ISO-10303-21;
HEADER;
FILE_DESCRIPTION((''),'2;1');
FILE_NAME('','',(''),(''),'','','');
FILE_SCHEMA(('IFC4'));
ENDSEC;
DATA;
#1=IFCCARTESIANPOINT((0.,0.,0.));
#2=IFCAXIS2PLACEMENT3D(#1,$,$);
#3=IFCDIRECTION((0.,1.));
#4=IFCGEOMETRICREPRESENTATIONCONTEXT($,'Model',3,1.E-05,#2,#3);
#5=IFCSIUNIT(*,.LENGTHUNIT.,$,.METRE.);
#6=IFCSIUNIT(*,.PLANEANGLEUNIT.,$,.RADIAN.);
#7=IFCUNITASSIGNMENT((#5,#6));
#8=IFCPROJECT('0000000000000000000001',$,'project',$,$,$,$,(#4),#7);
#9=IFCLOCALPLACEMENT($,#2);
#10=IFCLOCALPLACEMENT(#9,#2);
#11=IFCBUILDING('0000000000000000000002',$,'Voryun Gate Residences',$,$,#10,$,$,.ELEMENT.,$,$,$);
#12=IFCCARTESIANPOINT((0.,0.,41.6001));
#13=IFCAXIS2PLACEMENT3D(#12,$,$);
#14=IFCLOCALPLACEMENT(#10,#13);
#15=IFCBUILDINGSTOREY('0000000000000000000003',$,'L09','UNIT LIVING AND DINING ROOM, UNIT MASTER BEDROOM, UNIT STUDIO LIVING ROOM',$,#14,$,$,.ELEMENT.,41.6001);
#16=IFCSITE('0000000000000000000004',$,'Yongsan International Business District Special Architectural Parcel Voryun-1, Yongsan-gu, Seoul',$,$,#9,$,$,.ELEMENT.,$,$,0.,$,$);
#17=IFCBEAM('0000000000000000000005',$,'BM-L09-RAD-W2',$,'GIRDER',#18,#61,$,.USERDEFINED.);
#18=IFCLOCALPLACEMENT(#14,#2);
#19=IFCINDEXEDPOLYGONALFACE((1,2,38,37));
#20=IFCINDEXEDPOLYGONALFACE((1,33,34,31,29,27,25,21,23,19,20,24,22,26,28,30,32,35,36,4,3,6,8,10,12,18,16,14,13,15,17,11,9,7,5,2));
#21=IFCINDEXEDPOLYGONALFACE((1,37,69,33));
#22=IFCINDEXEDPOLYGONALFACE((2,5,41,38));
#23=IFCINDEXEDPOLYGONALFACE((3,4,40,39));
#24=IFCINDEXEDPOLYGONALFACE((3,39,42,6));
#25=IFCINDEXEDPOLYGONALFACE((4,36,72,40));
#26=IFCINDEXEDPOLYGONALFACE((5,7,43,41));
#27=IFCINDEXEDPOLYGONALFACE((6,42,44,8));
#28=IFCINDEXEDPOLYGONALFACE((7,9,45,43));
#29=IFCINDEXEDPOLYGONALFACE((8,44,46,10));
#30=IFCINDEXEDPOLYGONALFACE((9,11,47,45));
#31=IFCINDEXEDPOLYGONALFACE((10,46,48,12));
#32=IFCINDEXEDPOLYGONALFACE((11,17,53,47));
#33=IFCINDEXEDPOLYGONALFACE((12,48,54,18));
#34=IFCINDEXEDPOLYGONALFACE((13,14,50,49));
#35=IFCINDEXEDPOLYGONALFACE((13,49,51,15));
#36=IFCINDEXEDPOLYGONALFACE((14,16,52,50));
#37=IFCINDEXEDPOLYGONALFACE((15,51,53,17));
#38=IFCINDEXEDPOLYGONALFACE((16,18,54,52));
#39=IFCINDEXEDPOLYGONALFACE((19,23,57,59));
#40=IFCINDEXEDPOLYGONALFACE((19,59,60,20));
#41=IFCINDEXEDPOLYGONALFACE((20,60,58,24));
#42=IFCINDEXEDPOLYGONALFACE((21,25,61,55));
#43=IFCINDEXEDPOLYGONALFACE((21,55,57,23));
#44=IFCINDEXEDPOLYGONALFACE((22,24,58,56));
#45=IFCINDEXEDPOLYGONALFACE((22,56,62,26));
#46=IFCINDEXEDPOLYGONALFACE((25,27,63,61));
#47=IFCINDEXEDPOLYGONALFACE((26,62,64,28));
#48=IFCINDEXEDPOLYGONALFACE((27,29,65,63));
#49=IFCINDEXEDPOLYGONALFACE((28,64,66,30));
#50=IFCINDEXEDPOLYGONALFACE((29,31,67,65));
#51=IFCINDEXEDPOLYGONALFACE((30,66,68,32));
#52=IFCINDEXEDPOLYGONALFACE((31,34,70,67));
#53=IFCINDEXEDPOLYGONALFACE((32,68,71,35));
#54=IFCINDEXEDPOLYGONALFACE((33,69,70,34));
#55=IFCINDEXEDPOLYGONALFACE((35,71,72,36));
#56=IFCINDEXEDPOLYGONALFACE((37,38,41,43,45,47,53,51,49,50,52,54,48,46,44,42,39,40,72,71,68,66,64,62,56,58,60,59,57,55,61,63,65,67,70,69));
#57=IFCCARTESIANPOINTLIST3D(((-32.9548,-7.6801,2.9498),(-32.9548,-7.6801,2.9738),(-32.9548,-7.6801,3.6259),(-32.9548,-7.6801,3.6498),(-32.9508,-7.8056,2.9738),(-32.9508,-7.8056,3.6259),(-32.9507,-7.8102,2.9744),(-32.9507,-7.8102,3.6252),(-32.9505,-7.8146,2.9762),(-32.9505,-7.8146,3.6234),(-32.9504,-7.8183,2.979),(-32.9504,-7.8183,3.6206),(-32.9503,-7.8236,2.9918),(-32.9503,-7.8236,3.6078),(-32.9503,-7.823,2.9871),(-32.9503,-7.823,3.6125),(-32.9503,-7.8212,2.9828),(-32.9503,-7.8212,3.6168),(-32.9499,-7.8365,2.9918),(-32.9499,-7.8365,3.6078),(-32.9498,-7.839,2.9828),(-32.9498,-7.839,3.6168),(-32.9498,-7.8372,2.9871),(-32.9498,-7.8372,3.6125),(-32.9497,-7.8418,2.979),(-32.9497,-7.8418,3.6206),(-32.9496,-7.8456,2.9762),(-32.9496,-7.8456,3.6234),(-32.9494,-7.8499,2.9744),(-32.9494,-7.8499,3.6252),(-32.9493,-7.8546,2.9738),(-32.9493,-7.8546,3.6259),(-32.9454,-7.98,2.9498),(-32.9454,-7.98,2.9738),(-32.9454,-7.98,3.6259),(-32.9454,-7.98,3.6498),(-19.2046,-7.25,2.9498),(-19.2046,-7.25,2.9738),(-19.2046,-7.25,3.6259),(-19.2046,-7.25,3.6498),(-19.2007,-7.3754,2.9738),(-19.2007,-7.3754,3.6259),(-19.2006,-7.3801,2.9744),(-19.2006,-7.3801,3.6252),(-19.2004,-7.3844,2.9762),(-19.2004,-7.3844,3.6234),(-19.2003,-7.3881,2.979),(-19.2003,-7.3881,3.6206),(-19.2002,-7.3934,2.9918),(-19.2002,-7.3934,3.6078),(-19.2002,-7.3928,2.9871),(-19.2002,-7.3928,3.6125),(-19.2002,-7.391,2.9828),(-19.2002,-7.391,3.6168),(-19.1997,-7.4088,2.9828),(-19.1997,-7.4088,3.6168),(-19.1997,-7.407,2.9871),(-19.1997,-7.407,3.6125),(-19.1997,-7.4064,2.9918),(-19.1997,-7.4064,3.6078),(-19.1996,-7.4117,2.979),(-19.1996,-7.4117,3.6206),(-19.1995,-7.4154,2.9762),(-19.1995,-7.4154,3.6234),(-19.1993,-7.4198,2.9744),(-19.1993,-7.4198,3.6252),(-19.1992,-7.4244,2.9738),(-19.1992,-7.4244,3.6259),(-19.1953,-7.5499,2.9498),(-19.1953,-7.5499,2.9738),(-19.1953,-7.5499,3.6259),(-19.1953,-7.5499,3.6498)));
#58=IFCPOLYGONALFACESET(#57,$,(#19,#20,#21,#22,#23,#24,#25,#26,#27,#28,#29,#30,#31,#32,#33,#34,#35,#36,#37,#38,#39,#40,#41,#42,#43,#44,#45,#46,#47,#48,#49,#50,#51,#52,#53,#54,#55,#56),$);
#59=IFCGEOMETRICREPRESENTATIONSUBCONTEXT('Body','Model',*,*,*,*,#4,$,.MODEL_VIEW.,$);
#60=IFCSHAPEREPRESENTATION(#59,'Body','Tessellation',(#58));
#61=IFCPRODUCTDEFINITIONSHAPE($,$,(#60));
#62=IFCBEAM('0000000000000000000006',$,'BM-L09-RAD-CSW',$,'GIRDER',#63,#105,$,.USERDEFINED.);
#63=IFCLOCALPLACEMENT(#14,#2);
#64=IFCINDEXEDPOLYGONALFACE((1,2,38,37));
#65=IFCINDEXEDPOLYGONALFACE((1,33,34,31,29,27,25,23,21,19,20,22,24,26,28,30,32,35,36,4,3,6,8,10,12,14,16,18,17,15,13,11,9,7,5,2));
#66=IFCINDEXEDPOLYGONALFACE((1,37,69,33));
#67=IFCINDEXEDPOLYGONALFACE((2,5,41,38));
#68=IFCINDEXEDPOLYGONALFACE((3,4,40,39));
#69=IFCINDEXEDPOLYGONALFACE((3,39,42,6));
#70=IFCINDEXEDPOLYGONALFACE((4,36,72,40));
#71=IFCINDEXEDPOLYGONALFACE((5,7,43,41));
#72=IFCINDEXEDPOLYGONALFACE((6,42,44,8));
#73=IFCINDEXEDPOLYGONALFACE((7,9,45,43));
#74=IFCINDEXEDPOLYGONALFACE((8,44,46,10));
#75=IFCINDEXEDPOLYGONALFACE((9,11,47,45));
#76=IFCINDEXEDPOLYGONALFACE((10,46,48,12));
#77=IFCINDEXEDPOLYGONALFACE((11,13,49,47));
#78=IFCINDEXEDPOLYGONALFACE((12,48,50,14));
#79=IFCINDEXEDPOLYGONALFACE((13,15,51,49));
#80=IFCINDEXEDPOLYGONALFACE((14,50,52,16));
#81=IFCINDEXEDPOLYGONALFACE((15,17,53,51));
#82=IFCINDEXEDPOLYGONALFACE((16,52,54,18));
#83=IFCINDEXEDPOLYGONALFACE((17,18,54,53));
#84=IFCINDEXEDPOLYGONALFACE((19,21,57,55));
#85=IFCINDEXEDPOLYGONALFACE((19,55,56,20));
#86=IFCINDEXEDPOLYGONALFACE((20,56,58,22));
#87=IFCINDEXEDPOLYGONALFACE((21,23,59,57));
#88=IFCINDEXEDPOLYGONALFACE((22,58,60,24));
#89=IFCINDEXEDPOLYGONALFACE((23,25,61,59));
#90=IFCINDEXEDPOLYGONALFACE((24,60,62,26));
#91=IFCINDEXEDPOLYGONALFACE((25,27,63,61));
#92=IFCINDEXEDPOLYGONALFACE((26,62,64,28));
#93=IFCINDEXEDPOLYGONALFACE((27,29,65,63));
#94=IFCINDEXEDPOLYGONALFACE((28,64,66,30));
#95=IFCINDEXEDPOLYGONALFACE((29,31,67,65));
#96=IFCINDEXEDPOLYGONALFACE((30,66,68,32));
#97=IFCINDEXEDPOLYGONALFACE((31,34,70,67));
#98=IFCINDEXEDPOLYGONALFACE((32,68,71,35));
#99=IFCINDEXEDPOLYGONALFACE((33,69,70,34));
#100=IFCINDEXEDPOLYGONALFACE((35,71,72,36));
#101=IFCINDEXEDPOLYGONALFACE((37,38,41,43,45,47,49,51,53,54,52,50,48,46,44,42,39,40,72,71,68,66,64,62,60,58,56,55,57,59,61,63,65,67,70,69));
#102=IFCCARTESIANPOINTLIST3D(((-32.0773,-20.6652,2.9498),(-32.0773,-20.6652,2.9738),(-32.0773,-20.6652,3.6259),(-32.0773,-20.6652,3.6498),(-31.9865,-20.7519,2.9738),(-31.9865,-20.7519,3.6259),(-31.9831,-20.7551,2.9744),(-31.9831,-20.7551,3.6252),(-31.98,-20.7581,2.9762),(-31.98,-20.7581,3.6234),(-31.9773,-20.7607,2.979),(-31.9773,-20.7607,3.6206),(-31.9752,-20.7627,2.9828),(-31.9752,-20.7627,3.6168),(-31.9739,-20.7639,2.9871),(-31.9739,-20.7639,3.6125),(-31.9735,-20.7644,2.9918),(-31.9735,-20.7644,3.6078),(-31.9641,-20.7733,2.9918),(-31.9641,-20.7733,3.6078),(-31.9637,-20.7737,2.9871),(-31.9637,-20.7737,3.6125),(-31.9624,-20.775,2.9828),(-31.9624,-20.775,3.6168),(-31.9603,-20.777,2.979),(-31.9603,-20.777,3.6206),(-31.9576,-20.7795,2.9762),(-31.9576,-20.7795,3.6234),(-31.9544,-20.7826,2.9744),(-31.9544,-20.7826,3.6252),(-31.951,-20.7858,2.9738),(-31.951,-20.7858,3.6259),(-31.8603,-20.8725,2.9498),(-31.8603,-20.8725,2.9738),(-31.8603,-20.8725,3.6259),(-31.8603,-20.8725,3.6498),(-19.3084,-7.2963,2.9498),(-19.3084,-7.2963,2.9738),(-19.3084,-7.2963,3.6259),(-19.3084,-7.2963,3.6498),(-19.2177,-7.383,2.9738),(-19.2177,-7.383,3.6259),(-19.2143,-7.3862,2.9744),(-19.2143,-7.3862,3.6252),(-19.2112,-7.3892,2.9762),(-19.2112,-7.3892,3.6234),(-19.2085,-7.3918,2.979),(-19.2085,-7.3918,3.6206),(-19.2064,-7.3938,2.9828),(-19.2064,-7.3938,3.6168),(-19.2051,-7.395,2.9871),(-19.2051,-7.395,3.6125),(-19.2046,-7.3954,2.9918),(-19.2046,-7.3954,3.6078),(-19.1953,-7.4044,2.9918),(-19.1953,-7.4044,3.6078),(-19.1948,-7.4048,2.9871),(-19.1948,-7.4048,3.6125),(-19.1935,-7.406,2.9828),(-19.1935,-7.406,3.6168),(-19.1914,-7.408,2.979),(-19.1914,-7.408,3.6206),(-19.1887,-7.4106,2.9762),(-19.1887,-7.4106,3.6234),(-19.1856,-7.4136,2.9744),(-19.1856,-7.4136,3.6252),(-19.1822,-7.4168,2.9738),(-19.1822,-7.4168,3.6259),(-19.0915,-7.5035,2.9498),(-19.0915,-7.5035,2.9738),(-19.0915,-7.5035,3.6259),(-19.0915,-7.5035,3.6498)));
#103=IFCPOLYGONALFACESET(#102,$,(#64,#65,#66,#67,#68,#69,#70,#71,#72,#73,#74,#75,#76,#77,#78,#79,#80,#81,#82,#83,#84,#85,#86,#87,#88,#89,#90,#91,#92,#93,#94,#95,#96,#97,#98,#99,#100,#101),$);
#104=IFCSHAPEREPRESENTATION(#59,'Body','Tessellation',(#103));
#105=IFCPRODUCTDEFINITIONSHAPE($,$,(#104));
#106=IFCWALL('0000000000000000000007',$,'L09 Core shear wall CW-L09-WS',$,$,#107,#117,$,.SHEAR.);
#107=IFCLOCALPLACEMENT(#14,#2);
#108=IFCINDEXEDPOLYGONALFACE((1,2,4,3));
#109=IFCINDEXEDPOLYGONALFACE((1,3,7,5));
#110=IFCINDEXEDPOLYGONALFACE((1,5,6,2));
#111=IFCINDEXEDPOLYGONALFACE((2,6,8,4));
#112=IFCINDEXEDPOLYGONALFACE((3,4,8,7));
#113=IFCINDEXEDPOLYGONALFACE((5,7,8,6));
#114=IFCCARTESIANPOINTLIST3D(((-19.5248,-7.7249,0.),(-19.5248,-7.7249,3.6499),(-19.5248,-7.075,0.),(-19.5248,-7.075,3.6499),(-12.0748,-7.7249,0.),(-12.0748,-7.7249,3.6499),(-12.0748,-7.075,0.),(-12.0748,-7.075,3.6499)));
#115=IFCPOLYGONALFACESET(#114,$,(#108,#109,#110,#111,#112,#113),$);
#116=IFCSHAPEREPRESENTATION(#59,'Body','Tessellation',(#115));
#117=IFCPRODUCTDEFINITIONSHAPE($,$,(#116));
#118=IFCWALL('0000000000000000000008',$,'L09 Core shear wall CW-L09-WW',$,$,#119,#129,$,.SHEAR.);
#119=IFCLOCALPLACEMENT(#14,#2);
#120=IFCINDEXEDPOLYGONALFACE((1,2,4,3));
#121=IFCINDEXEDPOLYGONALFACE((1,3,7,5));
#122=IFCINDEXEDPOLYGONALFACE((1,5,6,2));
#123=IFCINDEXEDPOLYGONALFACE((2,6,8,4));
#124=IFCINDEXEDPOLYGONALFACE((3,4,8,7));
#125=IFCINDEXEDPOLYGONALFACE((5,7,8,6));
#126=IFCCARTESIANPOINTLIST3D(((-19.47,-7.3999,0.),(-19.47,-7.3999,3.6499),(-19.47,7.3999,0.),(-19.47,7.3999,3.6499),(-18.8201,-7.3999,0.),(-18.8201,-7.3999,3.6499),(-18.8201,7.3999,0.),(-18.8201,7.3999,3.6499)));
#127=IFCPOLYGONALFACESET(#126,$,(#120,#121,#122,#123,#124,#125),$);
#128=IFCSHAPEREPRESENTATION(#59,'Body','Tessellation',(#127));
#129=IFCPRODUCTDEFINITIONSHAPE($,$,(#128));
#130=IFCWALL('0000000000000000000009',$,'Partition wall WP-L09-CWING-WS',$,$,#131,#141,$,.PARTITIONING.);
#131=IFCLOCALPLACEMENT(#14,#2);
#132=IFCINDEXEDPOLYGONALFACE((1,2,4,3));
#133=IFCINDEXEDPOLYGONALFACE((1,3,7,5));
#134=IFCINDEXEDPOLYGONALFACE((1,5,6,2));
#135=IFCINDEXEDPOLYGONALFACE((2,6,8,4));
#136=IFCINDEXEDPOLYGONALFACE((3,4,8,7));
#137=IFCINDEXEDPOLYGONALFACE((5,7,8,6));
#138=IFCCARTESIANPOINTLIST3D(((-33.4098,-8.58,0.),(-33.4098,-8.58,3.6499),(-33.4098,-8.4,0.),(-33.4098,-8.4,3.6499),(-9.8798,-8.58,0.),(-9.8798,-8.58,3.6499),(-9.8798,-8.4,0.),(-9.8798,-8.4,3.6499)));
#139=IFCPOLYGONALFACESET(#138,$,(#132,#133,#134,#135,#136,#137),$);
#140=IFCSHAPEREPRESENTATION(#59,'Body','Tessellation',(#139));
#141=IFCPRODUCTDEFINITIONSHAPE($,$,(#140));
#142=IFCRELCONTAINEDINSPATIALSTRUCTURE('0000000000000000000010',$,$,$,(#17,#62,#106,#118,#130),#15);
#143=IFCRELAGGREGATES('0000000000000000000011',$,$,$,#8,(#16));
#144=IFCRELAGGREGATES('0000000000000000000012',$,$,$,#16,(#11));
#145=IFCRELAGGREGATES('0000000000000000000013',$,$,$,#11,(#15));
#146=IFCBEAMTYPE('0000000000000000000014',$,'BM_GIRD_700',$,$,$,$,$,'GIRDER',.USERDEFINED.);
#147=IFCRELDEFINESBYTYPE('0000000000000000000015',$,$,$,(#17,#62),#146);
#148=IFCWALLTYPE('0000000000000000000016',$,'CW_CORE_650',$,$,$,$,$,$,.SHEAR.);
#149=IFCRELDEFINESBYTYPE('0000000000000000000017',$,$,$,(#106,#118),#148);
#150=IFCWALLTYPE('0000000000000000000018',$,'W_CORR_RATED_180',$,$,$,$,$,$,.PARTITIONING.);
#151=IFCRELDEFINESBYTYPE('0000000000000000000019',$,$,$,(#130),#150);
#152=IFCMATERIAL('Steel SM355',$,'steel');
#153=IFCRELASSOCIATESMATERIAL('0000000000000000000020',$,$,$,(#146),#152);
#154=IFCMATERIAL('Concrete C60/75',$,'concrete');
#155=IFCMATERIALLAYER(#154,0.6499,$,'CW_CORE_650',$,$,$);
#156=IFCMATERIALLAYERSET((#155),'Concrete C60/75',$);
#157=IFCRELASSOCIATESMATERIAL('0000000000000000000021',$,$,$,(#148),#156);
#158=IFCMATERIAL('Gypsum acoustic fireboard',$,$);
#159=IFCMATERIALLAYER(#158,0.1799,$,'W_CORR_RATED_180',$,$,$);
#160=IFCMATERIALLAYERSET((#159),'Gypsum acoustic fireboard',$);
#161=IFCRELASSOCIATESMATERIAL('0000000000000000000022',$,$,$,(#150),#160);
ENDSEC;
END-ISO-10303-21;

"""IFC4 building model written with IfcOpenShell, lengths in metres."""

from ifc_helpers import new_model, si_unit, direction, frame, frame_2d, origin, origin_2d, place, context, subcontext, project, spatial, rectangle, i_section, extrude, material, layer, layer_set, material_profile, profile_set, type_object, element, save


model = new_model("IFC4")

# Units and contexts
model_context = context("Model", 3, precision=1e-05, world=origin(), true_north=direction((0.0, 1.0)))
body_context = subcontext(model_context, "Body", "Model", "MODEL_VIEW")
ifc_project = project(units=[si_unit("LENGTHUNIT", "METRE"), si_unit("PLANEANGLEUNIT", "RADIAN")], contexts=[model_context])

# Site, building, storey
site_placement = place(None, origin())
site = spatial("IfcSite", under=ifc_project, at=site_placement, Name="Yongsan International Business District Special Architectural Parcel Voryun-1, Yongsan-gu, Seoul", CompositionType="ELEMENT", RefElevation=0.0)
building_placement = place(site_placement, origin())
building = spatial("IfcBuilding", under=site, at=building_placement, Name="Voryun Gate Residences", CompositionType="ELEMENT")
storey_placement = place(building_placement, frame((0.0, 0.0, 41.6001)))
storey = spatial("IfcBuildingStorey", under=building, at=storey_placement, Name="L09", Description="UNIT LIVING AND DINING ROOM, UNIT MASTER BEDROOM, UNIT STUDIO LIVING ROOM", CompositionType="ELEMENT", Elevation=41.6001)

# Beams
ifc_material_1 = material(Name="Steel SM355", Category="steel")
ifc_material_profile_1 = material_profile(ifc_material_1, i_section(OverallWidth=0.3, OverallDepth=0.7, WebThickness=0.0129, FlangeThickness=0.0239, FilletRadius=0.0181, at=origin_2d()), Name="H-700x300x13x24")
ifc_profile_set_1 = profile_set([ifc_material_profile_1], Name="Steel SM355")
beam_type_1 = type_object("IfcBeamType", Name="BM_GIRD_700", ElementType="GIRDER", PredefinedType="USERDEFINED", material=ifc_profile_set_1)
beam_1_placement = place(storey_placement, frame((-19.2, -7.3999, 3.2998), z_axis=(-0.999511, -0.03127, 0.0), x_axis=(0.03127, -0.999511, 0.0)))
element("IfcBeam", 1, at=beam_1_placement, inside=storey, type_object=beam_type_1, Name="BM-L09-RAD-W2", ObjectType="GIRDER", PredefinedType="USERDEFINED", context=body_context, shape_type="SweptSolid", body=[
    extrude(i_section(OverallWidth=0.3, OverallDepth=0.7, WebThickness=0.0129, FlangeThickness=0.0239, FilletRadius=0.0181, at=origin_2d()), origin(), (0.0, 0.0, 1.0), 13.7568),
])
beam_2_placement = place(storey_placement, frame((-19.2, -7.3999, 3.2998), z_axis=(-0.69069, -0.723151, 0.0), x_axis=(0.723151, -0.69069, 0.0)))
element("IfcBeam", 2, at=beam_2_placement, inside=storey, type_object=beam_type_1, Name="BM-L09-RAD-CSW", ObjectType="GIRDER", PredefinedType="USERDEFINED", context=body_context, shape_type="SweptSolid", body=[
    extrude(i_section(OverallWidth=0.3, OverallDepth=0.7, WebThickness=0.0129, FlangeThickness=0.0239, FilletRadius=0.0181, at=origin_2d()), origin(), (0.0, 0.0, 1.0), 18.4871),
])

# Walls
ifc_material_2 = material(Name="Concrete C60/75", Category="concrete")
ifc_layer_1 = layer(ifc_material_2, 0.6499, Name="CW_CORE_650")
ifc_layer_set_1 = layer_set([ifc_layer_1], Name="Concrete C60/75")
wall_type_1 = type_object("IfcWallType", Name="CW_CORE_650", PredefinedType="SHEAR", material=ifc_layer_set_1)
wall_1_placement = place(storey_placement, frame((-19.5249, -7.3999, 0.0), z_axis=(0.0, 0.0, 1.0), x_axis=(1.0, 0.0, 0.0)))
element("IfcWall", 3, at=wall_1_placement, inside=storey, type_object=wall_type_1, Name="L09 Core shear wall CW-L09-WS", PredefinedType="SHEAR", context=body_context, shape_type="SweptSolid", body=[
    extrude(rectangle(XDim=7.45, YDim=0.6499, at=frame_2d((3.7251, 0.0))), origin(), (0.0, 0.0, 1.0), 3.6499),
])
wall_2_placement = place(storey_placement, frame((-19.145, -7.3999, 0.0), z_axis=(0.0, 0.0, 1.0), x_axis=(0.0, 1.0, 0.0)))
element("IfcWall", 4, at=wall_2_placement, inside=storey, type_object=wall_type_1, Name="L09 Core shear wall CW-L09-WW", PredefinedType="SHEAR", context=body_context, shape_type="SweptSolid", body=[
    extrude(rectangle(XDim=14.7998, YDim=0.6499, at=frame_2d((7.3999, 0.0))), origin(), (0.0, 0.0, 1.0), 3.6499),
])
ifc_material_3 = material(Name="Gypsum acoustic fireboard")
ifc_layer_2 = layer(ifc_material_3, 0.1799, Name="W_CORR_RATED_180")
ifc_layer_set_2 = layer_set([ifc_layer_2], Name="Gypsum acoustic fireboard")
wall_type_2 = type_object("IfcWallType", Name="W_CORR_RATED_180", PredefinedType="PARTITIONING", material=ifc_layer_set_2)
wall_3_placement = place(storey_placement, frame((-33.4099, -8.49, 0.0), z_axis=(0.0, 0.0, 1.0), x_axis=(1.0, 0.0, 0.0)))
element("IfcWall", 5, at=wall_3_placement, inside=storey, type_object=wall_type_2, Name="Partition wall WP-L09-CWING-WS", PredefinedType="PARTITIONING", context=body_context, shape_type="SweptSolid", body=[
    extrude(rectangle(XDim=23.53, YDim=0.1799, at=frame_2d((11.7651, 0.0))), origin(), (0.0, 0.0, 1.0), 3.6499),
])

save(model, "model.ifc")
